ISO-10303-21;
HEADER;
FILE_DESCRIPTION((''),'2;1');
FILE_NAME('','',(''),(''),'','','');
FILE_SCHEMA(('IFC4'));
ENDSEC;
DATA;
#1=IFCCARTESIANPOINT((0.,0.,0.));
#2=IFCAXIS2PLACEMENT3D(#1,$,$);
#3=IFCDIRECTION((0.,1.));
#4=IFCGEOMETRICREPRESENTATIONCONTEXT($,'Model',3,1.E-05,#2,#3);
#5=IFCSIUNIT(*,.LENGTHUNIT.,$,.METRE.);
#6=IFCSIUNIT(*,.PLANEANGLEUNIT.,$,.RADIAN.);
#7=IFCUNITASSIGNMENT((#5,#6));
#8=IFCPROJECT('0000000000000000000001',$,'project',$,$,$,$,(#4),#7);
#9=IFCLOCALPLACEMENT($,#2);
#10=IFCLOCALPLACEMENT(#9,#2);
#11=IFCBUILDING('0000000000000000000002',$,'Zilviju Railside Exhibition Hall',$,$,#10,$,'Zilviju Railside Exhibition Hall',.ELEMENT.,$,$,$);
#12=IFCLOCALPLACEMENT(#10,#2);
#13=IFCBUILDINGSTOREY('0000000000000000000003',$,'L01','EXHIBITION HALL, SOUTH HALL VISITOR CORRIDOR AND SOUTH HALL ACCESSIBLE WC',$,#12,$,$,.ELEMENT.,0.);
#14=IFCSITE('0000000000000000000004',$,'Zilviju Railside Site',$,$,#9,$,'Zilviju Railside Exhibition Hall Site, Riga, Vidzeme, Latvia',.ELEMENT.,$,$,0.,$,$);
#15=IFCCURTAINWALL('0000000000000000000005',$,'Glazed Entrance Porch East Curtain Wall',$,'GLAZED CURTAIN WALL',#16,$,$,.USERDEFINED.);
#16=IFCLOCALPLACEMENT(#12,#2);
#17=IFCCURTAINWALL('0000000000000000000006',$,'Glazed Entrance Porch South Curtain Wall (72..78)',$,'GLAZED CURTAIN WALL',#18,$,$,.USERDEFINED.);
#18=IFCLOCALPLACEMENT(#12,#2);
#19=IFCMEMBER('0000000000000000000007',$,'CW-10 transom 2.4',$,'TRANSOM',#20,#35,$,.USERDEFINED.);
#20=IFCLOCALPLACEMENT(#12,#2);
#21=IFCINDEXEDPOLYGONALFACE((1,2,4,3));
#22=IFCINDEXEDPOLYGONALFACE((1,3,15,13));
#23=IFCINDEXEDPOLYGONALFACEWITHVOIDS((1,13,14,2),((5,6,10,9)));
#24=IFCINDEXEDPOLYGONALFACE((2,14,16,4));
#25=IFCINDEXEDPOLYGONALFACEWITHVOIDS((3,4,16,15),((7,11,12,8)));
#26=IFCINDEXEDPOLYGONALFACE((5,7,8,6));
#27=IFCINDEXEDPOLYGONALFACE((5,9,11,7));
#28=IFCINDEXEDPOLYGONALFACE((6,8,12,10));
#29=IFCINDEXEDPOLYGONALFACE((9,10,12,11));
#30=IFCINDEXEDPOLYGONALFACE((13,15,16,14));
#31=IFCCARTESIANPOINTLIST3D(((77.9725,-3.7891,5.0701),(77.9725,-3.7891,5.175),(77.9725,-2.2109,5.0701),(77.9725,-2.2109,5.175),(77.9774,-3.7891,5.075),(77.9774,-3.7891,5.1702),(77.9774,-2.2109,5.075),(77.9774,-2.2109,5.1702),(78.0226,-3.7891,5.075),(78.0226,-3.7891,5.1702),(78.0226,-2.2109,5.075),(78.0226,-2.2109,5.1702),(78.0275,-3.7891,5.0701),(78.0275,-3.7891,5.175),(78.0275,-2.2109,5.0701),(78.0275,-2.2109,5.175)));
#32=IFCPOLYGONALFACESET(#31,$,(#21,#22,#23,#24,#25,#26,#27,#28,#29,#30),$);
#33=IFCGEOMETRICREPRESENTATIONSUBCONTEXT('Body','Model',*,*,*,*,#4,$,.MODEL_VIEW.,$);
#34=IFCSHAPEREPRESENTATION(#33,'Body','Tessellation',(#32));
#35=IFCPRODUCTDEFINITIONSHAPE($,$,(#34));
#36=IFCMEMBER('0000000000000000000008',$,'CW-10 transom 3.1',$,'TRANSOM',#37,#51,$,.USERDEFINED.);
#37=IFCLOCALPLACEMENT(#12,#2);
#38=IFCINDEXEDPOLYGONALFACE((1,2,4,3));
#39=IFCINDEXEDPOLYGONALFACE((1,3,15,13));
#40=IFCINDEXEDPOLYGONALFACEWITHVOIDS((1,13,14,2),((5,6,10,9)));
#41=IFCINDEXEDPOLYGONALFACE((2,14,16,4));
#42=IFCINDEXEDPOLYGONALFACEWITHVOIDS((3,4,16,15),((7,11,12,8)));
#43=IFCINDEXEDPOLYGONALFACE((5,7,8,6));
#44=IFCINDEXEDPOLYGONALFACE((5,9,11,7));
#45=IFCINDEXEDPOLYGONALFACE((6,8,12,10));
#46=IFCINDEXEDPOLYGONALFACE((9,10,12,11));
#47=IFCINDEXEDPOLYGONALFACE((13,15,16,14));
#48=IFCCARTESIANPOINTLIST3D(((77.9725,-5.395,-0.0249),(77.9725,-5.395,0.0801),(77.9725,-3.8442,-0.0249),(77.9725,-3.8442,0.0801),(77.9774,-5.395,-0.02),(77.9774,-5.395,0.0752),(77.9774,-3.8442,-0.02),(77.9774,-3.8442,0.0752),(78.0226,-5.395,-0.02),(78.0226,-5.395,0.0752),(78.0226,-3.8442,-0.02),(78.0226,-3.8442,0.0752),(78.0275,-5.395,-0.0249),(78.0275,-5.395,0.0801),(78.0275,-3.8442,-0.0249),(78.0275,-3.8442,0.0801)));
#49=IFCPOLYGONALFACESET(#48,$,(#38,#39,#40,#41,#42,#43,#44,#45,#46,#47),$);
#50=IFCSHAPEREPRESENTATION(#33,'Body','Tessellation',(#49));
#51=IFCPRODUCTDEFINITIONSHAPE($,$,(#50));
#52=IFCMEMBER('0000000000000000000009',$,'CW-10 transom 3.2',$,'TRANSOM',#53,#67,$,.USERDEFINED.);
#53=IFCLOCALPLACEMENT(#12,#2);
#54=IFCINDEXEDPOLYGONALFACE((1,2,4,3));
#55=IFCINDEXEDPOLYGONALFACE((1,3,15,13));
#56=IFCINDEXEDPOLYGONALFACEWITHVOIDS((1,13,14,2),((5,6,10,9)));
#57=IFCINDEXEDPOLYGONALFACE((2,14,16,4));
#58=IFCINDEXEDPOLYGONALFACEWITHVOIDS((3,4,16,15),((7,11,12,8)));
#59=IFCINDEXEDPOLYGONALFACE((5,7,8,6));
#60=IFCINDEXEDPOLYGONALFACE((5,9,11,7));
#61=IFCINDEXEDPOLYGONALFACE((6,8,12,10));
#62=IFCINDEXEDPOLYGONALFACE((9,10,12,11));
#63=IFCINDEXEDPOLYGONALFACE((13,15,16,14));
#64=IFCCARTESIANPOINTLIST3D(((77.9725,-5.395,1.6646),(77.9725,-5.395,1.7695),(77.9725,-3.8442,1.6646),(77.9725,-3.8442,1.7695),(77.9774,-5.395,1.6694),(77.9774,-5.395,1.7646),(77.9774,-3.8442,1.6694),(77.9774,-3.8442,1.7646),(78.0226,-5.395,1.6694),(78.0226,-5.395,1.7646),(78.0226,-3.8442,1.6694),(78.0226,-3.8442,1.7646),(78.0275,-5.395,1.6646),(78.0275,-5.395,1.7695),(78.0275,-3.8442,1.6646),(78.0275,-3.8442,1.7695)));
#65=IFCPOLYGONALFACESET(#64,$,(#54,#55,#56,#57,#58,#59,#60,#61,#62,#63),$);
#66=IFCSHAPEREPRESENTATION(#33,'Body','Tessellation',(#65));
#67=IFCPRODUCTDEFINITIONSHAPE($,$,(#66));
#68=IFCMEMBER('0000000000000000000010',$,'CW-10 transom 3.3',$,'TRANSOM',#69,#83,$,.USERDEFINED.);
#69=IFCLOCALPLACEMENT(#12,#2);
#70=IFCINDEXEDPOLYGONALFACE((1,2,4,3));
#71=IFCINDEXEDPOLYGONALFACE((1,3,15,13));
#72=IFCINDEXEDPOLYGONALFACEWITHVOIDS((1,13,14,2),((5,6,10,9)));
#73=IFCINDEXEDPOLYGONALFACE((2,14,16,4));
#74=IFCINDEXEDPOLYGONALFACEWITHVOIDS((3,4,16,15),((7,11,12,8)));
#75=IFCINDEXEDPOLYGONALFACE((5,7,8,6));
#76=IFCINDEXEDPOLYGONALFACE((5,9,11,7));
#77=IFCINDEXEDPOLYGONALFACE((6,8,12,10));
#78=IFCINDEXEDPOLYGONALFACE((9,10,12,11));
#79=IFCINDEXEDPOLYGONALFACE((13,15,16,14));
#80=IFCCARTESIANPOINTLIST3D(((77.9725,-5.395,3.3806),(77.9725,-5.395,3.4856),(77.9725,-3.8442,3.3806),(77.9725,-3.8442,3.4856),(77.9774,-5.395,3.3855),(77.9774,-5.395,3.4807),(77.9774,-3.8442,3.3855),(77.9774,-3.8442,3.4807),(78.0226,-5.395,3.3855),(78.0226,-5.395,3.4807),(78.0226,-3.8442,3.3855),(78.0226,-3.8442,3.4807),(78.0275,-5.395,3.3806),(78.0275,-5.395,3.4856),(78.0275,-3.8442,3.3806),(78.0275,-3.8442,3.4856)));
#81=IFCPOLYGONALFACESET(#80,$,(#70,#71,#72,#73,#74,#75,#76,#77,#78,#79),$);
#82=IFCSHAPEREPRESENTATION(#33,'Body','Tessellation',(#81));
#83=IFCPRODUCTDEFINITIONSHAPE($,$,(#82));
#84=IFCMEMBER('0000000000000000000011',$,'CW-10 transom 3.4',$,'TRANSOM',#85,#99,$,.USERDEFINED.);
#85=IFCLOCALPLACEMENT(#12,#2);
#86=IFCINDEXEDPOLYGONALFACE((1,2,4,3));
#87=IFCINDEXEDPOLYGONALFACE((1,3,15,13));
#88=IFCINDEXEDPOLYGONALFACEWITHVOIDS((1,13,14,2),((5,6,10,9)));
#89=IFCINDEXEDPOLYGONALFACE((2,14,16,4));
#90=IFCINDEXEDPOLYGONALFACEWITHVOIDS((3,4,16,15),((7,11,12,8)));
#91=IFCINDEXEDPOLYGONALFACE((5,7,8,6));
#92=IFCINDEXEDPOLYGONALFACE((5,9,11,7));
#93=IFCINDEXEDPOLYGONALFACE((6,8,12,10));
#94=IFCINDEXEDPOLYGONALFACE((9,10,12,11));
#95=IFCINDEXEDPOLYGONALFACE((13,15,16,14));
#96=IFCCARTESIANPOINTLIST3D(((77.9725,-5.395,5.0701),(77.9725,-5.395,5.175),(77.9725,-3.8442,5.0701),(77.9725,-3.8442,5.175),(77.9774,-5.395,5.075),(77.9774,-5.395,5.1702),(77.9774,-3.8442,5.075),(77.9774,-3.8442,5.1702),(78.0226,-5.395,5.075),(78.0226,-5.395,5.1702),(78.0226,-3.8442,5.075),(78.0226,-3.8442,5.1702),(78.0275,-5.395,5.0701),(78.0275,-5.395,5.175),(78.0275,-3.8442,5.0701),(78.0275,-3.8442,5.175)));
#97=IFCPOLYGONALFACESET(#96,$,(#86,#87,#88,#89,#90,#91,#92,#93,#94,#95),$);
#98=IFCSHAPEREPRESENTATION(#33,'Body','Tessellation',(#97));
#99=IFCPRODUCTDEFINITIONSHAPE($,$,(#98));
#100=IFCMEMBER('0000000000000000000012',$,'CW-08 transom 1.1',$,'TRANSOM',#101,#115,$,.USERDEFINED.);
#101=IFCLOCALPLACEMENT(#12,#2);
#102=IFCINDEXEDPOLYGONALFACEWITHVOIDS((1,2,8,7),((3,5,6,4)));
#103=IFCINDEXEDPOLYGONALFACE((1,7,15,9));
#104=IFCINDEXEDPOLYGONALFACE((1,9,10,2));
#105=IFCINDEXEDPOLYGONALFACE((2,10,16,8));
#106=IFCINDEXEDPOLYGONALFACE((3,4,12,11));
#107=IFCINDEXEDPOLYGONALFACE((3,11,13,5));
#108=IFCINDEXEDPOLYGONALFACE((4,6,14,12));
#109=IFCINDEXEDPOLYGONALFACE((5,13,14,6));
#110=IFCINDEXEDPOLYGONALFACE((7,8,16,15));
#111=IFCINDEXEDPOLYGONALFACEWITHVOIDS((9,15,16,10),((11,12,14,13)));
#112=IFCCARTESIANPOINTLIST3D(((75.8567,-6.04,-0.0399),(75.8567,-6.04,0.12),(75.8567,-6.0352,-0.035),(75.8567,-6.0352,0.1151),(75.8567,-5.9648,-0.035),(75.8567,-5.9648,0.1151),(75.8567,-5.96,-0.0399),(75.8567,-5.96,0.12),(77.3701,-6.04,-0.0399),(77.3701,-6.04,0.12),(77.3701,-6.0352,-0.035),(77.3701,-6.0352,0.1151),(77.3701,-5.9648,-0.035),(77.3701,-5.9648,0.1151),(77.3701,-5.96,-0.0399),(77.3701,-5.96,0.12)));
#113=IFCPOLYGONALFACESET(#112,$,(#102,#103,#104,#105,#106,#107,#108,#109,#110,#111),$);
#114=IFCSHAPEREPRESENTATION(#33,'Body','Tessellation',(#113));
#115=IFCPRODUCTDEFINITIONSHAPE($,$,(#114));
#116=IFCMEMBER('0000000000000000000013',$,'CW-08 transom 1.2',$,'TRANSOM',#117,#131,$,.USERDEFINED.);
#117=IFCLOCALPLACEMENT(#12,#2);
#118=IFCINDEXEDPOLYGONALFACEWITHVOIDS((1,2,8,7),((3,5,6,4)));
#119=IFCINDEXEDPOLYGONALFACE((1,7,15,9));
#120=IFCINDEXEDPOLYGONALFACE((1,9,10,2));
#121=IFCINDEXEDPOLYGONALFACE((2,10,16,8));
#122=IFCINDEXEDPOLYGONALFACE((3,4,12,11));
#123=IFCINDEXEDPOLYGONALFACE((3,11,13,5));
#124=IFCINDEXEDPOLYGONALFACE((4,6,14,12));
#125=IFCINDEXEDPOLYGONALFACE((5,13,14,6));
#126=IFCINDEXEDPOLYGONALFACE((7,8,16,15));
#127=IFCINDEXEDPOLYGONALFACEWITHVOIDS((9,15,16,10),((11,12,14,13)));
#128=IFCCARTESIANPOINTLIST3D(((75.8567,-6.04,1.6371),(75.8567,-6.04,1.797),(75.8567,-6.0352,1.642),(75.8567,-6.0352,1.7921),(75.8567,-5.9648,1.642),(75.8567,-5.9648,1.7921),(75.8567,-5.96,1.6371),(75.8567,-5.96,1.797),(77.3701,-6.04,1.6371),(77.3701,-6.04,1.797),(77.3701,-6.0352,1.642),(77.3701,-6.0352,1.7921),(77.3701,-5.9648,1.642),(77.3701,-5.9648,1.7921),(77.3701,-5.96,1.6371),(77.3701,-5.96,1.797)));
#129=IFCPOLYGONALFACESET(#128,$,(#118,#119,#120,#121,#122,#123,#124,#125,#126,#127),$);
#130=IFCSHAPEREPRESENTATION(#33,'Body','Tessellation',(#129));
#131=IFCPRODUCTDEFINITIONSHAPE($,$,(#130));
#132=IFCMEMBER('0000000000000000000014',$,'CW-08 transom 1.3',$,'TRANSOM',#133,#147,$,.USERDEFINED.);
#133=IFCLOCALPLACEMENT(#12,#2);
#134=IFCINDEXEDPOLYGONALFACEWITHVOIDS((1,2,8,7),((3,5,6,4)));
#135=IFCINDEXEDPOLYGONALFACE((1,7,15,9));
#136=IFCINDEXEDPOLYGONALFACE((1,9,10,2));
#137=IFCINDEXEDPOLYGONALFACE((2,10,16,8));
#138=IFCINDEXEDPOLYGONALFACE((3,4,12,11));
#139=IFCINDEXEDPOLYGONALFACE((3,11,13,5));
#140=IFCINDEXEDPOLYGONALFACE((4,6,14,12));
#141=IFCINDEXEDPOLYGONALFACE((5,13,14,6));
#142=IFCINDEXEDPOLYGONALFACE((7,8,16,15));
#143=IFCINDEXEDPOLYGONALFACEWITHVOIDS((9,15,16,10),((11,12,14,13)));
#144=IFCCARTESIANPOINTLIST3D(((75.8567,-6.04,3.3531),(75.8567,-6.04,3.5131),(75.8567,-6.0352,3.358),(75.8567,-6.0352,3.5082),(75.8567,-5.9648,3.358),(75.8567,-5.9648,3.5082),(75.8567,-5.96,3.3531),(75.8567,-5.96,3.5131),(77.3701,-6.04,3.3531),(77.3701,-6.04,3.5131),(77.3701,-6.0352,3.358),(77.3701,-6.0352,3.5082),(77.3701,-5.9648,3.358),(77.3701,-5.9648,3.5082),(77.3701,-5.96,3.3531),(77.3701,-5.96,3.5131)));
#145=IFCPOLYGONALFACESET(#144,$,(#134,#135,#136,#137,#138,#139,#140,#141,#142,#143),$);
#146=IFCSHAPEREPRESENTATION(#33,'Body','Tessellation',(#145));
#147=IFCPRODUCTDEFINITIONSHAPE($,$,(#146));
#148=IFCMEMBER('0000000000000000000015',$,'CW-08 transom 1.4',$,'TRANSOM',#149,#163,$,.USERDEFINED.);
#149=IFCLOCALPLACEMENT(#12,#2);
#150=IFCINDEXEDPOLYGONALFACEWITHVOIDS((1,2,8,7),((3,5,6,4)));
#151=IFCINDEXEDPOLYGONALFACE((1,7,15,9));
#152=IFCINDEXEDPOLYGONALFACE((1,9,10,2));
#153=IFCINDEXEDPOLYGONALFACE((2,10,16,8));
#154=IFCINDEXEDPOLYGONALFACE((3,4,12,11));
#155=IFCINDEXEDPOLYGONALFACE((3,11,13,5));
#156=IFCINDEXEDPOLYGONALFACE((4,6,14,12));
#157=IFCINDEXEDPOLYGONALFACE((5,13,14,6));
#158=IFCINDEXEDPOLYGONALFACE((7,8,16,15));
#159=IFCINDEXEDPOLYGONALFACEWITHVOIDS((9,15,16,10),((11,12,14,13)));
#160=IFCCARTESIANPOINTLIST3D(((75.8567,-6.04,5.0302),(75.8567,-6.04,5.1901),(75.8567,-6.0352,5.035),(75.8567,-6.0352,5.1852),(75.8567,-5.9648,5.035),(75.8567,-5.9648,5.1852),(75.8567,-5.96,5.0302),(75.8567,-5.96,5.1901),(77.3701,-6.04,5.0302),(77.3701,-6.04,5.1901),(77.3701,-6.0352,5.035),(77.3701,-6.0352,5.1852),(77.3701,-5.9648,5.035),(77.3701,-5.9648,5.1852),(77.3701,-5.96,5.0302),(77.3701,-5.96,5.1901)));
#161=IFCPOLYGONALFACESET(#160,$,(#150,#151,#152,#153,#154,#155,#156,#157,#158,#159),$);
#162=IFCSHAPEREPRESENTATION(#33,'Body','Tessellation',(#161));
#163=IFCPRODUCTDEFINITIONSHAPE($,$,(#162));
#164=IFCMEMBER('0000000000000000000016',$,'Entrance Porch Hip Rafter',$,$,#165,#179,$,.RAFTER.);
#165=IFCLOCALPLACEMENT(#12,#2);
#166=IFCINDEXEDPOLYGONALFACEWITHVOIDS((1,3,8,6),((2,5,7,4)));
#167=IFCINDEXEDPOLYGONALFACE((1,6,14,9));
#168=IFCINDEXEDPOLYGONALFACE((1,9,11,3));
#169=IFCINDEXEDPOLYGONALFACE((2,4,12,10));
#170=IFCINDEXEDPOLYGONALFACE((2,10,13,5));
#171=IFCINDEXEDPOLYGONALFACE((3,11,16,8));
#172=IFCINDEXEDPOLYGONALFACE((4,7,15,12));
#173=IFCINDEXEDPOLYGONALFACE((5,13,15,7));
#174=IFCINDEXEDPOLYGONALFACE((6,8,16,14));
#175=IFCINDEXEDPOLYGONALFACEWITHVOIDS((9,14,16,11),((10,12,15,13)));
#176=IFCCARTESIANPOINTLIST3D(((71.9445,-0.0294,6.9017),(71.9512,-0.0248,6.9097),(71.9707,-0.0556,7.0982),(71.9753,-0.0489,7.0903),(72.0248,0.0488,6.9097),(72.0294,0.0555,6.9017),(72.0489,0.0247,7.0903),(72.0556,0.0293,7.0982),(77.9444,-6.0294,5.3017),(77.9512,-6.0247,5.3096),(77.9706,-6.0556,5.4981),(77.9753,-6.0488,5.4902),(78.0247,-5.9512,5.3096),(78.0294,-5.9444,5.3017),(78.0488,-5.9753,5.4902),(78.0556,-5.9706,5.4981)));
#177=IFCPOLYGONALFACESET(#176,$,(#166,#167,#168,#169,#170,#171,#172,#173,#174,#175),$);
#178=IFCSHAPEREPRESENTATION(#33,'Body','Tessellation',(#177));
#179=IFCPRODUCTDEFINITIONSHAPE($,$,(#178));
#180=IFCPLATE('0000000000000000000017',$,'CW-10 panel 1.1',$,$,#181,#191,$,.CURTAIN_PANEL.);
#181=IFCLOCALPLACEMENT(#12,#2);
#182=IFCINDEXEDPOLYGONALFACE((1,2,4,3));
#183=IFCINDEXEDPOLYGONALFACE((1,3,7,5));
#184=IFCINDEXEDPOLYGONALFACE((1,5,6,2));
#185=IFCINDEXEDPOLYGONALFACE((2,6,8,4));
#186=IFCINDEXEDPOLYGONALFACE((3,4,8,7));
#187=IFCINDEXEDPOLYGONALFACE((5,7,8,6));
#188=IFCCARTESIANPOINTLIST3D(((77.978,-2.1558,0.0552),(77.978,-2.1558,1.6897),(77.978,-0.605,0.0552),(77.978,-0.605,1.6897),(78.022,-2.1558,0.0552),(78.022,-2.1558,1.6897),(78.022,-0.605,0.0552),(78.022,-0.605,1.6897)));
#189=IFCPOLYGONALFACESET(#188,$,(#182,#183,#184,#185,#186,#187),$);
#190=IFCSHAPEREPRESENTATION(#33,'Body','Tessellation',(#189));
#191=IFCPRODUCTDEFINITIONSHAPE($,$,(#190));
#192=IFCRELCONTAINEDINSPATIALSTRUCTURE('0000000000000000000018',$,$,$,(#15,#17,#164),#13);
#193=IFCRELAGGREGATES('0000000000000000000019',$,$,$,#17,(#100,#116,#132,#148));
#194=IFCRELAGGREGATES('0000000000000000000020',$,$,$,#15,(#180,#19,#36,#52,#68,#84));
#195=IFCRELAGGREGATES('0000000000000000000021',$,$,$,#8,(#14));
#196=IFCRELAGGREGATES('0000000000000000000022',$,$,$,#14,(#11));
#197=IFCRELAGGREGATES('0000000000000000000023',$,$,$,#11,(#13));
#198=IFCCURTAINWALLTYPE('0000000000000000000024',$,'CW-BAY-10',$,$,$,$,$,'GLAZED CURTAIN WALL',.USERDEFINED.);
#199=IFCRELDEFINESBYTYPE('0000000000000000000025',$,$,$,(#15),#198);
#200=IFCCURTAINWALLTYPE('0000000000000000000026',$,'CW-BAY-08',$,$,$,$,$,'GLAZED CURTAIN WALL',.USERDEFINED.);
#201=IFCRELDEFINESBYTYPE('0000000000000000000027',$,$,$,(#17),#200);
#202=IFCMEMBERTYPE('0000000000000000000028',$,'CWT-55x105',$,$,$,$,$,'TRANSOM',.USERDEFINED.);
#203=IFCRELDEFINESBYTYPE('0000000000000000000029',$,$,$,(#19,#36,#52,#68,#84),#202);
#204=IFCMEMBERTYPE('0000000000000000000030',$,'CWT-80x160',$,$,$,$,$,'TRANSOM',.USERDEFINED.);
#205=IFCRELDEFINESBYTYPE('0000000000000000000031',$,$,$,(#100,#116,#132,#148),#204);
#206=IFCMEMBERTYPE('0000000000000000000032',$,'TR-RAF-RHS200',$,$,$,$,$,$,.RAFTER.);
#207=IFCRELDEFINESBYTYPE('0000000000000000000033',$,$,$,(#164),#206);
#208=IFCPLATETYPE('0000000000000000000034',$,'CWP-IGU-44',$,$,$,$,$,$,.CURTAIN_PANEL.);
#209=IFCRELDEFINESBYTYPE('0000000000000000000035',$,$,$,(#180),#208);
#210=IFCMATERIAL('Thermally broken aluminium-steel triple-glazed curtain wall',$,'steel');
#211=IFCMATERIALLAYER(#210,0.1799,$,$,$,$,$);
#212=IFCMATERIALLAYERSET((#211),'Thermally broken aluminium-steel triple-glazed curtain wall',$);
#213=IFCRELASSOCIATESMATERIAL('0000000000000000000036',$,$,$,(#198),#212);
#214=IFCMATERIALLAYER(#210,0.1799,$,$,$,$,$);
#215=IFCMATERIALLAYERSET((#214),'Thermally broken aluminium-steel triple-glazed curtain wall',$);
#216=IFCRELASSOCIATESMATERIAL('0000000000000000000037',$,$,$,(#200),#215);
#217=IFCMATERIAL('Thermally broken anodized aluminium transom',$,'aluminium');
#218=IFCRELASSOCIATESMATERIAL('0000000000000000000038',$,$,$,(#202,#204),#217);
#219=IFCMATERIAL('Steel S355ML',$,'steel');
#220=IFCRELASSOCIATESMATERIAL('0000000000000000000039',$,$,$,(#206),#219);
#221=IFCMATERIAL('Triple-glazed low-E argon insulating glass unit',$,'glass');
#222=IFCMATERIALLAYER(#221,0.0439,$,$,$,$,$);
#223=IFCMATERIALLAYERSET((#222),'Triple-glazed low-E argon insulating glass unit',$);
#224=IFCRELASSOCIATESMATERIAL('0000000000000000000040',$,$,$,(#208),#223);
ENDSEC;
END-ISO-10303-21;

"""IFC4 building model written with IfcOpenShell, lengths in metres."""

from ifc_helpers import new_model, si_unit, direction, frame, origin, origin_2d, place, context, subcontext, project, spatial, rectangle, hollow_rectangle, extrude, material, layer, layer_set, material_profile, profile_set, type_object, element, aggregate, save


model = new_model("IFC4")

# Units and contexts
model_context = context("Model", 3, precision=1e-05, world=origin(), true_north=direction((0.0, 1.0)))
body_context = subcontext(model_context, "Body", "Model", "MODEL_VIEW")
ifc_project = project(units=[si_unit("LENGTHUNIT", "METRE"), si_unit("PLANEANGLEUNIT", "RADIAN")], contexts=[model_context])

# Site, building, storey
site_placement = place(None, origin())
site = spatial("IfcSite", under=ifc_project, at=site_placement, Name="Zilviju Railside Site", LongName="Zilviju Railside Exhibition Hall Site, Riga, Vidzeme, Latvia", CompositionType="ELEMENT", RefElevation=0.0)
building_placement = place(site_placement, origin())
building = spatial("IfcBuilding", under=site, at=building_placement, Name="Zilviju Railside Exhibition Hall", LongName="Zilviju Railside Exhibition Hall", CompositionType="ELEMENT")
storey_placement = place(building_placement, origin())
storey = spatial("IfcBuildingStorey", under=building, at=storey_placement, Name="L01", Description="EXHIBITION HALL, SOUTH HALL VISITOR CORRIDOR AND SOUTH HALL ACCESSIBLE WC", CompositionType="ELEMENT", Elevation=0.0)

# Shared definitions
ifc_material_1 = material(Name="Steel S355ML", Category="steel")

# Curtain wall
ifc_material_2 = material(Name="Thermally broken aluminium-steel triple-glazed curtain wall", Category="steel")
ifc_layer_1 = layer(ifc_material_2, 0.1799)
ifc_layer_set_1 = layer_set([ifc_layer_1], Name="Thermally broken aluminium-steel triple-glazed curtain wall")
curtain_wall_type_1 = type_object("IfcCurtainWallType", Name="CW-BAY-10", ElementType="GLAZED CURTAIN WALL", PredefinedType="USERDEFINED", material=ifc_layer_set_1)
curtain_wall_1_placement = place(storey_placement, origin())
curtain_wall_1 = element("IfcCurtainWall", 1, at=curtain_wall_1_placement, inside=storey, type_object=curtain_wall_type_1, Name="Glazed Entrance Porch East Curtain Wall", ObjectType="GLAZED CURTAIN WALL", PredefinedType="USERDEFINED")

# Curtain wall
ifc_layer_2 = layer(ifc_material_2, 0.1799)
ifc_layer_set_2 = layer_set([ifc_layer_2], Name="Thermally broken aluminium-steel triple-glazed curtain wall")
curtain_wall_type_2 = type_object("IfcCurtainWallType", Name="CW-BAY-08", ElementType="GLAZED CURTAIN WALL", PredefinedType="USERDEFINED", material=ifc_layer_set_2)
curtain_wall_2_placement = place(storey_placement, origin())
curtain_wall_2 = element("IfcCurtainWall", 2, at=curtain_wall_2_placement, inside=storey, type_object=curtain_wall_type_2, Name="Glazed Entrance Porch South Curtain Wall (72..78)", ObjectType="GLAZED CURTAIN WALL", PredefinedType="USERDEFINED")

# Members
ifc_material_3 = material(Name="Thermally broken anodized aluminium transom", Category="aluminium")
ifc_material_profile_1 = material_profile(ifc_material_3, hollow_rectangle(XDim=0.0549, YDim=0.105, WallThickness=0.0049, at=origin_2d()), Name="TRANSOM 105x55x5")
ifc_profile_set_1 = profile_set([ifc_material_profile_1], Name="Thermally broken anodized aluminium transom")
member_type_1 = type_object("IfcMemberType", Name="CWT-55x105", ElementType="TRANSOM", PredefinedType="USERDEFINED", material=ifc_profile_set_1)
member_1_placement = place(storey_placement, frame((78.0, -2.2109, 5.1226), z_axis=(0.0, -1.0, 0.0), x_axis=(1.0, 0.0, 0.0)))
member_1 = element("IfcMember", 3, at=member_1_placement, type_object=member_type_1, Name="CW-10 transom 2.4", ObjectType="TRANSOM", PredefinedType="USERDEFINED", context=body_context, shape_type="SweptSolid", body=[
    extrude(hollow_rectangle(XDim=0.0549, YDim=0.105, WallThickness=0.0049, at=origin_2d()), origin(), (0.0, 0.0, 1.0), 1.5781),
])
member_2_placement = place(storey_placement, frame((78.0, -3.8442, 0.0276), z_axis=(0.0, -1.0, 0.0), x_axis=(1.0, 0.0, 0.0)))
member_2 = element("IfcMember", 4, at=member_2_placement, type_object=member_type_1, Name="CW-10 transom 3.1", ObjectType="TRANSOM", PredefinedType="USERDEFINED", context=body_context, shape_type="SweptSolid", body=[
    extrude(hollow_rectangle(XDim=0.0549, YDim=0.105, WallThickness=0.0049, at=origin_2d()), origin(), (0.0, 0.0, 1.0), 1.5508),
])
member_3_placement = place(storey_placement, frame((78.0, -3.8442, 1.717), z_axis=(0.0, -1.0, 0.0), x_axis=(1.0, 0.0, 0.0)))
member_3 = element("IfcMember", 5, at=member_3_placement, type_object=member_type_1, Name="CW-10 transom 3.2", ObjectType="TRANSOM", PredefinedType="USERDEFINED", context=body_context, shape_type="SweptSolid", body=[
    extrude(hollow_rectangle(XDim=0.0549, YDim=0.105, WallThickness=0.0049, at=origin_2d()), origin(), (0.0, 0.0, 1.0), 1.5508),
])
member_4_placement = place(storey_placement, frame((78.0, -3.8442, 3.4331), z_axis=(0.0, -1.0, 0.0), x_axis=(1.0, 0.0, 0.0)))
member_4 = element("IfcMember", 6, at=member_4_placement, type_object=member_type_1, Name="CW-10 transom 3.3", ObjectType="TRANSOM", PredefinedType="USERDEFINED", context=body_context, shape_type="SweptSolid", body=[
    extrude(hollow_rectangle(XDim=0.0549, YDim=0.105, WallThickness=0.0049, at=origin_2d()), origin(), (0.0, 0.0, 1.0), 1.5508),
])
member_5_placement = place(storey_placement, frame((78.0, -3.8442, 5.1226), z_axis=(0.0, -1.0, 0.0), x_axis=(1.0, 0.0, 0.0)))
member_5 = element("IfcMember", 7, at=member_5_placement, type_object=member_type_1, Name="CW-10 transom 3.4", ObjectType="TRANSOM", PredefinedType="USERDEFINED", context=body_context, shape_type="SweptSolid", body=[
    extrude(hollow_rectangle(XDim=0.0549, YDim=0.105, WallThickness=0.0049, at=origin_2d()), origin(), (0.0, 0.0, 1.0), 1.5508),
])
ifc_material_profile_2 = material_profile(ifc_material_3, hollow_rectangle(XDim=0.0801, YDim=0.1599, WallThickness=0.0049, at=origin_2d()), Name="TRANSOM 160x80x5")
ifc_profile_set_2 = profile_set([ifc_material_profile_2], Name="Thermally broken anodized aluminium transom")
member_type_2 = type_object("IfcMemberType", Name="CWT-80x160", ElementType="TRANSOM", PredefinedType="USERDEFINED", material=ifc_profile_set_2)
member_6_placement = place(storey_placement, frame((77.3701, -6.0, 0.04), z_axis=(-1.0, 0.0, 0.0), x_axis=(0.0, -1.0, 0.0)))
member_6 = element("IfcMember", 8, at=member_6_placement, type_object=member_type_2, Name="CW-08 transom 1.1", ObjectType="TRANSOM", PredefinedType="USERDEFINED", context=body_context, shape_type="SweptSolid", body=[
    extrude(hollow_rectangle(XDim=0.0801, YDim=0.1599, WallThickness=0.0049, at=origin_2d()), origin(), (0.0, 0.0, 1.0), 1.5134),
])
member_7_placement = place(storey_placement, frame((77.3701, -6.0, 1.717), z_axis=(-1.0, 0.0, 0.0), x_axis=(0.0, -1.0, 0.0)))
member_7 = element("IfcMember", 9, at=member_7_placement, type_object=member_type_2, Name="CW-08 transom 1.2", ObjectType="TRANSOM", PredefinedType="USERDEFINED", context=body_context, shape_type="SweptSolid", body=[
    extrude(hollow_rectangle(XDim=0.0801, YDim=0.1599, WallThickness=0.0049, at=origin_2d()), origin(), (0.0, 0.0, 1.0), 1.5134),
])
member_8_placement = place(storey_placement, frame((77.3701, -6.0, 3.4331), z_axis=(-1.0, 0.0, 0.0), x_axis=(0.0, -1.0, 0.0)))
member_8 = element("IfcMember", 10, at=member_8_placement, type_object=member_type_2, Name="CW-08 transom 1.3", ObjectType="TRANSOM", PredefinedType="USERDEFINED", context=body_context, shape_type="SweptSolid", body=[
    extrude(hollow_rectangle(XDim=0.0801, YDim=0.1599, WallThickness=0.0049, at=origin_2d()), origin(), (0.0, 0.0, 1.0), 1.5134),
])
member_9_placement = place(storey_placement, frame((77.3701, -6.0, 5.1101), z_axis=(-1.0, 0.0, 0.0), x_axis=(0.0, -1.0, 0.0)))
member_9 = element("IfcMember", 11, at=member_9_placement, type_object=member_type_2, Name="CW-08 transom 1.4", ObjectType="TRANSOM", PredefinedType="USERDEFINED", context=body_context, shape_type="SweptSolid", body=[
    extrude(hollow_rectangle(XDim=0.0801, YDim=0.1599, WallThickness=0.0049, at=origin_2d()), origin(), (0.0, 0.0, 1.0), 1.5134),
])
aggregate(curtain_wall_2, [member_6, member_7, member_8, member_9])
ifc_material_profile_3 = material_profile(ifc_material_1, hollow_rectangle(XDim=0.1201, YDim=0.2, WallThickness=0.0081, at=origin_2d()), Name="RHS 200x120x8.0")
ifc_profile_set_3 = profile_set([ifc_material_profile_3], Name="Steel S355ML")
member_type_3 = type_object("IfcMemberType", Name="TR-RAF-RHS200", PredefinedType="RAFTER", material=ifc_profile_set_3)
member_10_placement = place(storey_placement, frame((78.0, -6.0, 5.3999), z_axis=(-0.69486, 0.69486, 0.185307), x_axis=(-0.707107, -0.707107, 0.0)))
element("IfcMember", 12, at=member_10_placement, inside=storey, type_object=member_type_3, Name="Entrance Porch Hip Rafter", PredefinedType="RAFTER", context=body_context, shape_type="SweptSolid", body=[
    extrude(hollow_rectangle(XDim=0.1201, YDim=0.2, WallThickness=0.0081, at=origin_2d()), origin(), (0.0, 0.0, 1.0), 8.6348),
])

# Plate
ifc_material_4 = material(Name="Triple-glazed low-E argon insulating glass unit", Category="glass")
ifc_layer_3 = layer(ifc_material_4, 0.0439)
ifc_layer_set_3 = layer_set([ifc_layer_3], Name="Triple-glazed low-E argon insulating glass unit")
plate_type = type_object("IfcPlateType", Name="CWP-IGU-44", PredefinedType="CURTAIN_PANEL", material=ifc_layer_set_3)
plate_1_placement = place(storey_placement, frame((78.0, -1.3804, 0.0552), z_axis=(0.0, 0.0, 1.0), x_axis=(0.0, -1.0, 0.0)))
plate_1 = element("IfcPlate", 13, at=plate_1_placement, type_object=plate_type, Name="CW-10 panel 1.1", PredefinedType="CURTAIN_PANEL", context=body_context, shape_type="SweptSolid", body=[
    extrude(rectangle(XDim=1.5508, YDim=0.0439, at=origin_2d()), origin(), (0.0, 0.0, 1.0), 1.6345),
])
aggregate(curtain_wall_1, [plate_1, member_1, member_2, member_3, member_4, member_5])

save(model, "model.ifc")
